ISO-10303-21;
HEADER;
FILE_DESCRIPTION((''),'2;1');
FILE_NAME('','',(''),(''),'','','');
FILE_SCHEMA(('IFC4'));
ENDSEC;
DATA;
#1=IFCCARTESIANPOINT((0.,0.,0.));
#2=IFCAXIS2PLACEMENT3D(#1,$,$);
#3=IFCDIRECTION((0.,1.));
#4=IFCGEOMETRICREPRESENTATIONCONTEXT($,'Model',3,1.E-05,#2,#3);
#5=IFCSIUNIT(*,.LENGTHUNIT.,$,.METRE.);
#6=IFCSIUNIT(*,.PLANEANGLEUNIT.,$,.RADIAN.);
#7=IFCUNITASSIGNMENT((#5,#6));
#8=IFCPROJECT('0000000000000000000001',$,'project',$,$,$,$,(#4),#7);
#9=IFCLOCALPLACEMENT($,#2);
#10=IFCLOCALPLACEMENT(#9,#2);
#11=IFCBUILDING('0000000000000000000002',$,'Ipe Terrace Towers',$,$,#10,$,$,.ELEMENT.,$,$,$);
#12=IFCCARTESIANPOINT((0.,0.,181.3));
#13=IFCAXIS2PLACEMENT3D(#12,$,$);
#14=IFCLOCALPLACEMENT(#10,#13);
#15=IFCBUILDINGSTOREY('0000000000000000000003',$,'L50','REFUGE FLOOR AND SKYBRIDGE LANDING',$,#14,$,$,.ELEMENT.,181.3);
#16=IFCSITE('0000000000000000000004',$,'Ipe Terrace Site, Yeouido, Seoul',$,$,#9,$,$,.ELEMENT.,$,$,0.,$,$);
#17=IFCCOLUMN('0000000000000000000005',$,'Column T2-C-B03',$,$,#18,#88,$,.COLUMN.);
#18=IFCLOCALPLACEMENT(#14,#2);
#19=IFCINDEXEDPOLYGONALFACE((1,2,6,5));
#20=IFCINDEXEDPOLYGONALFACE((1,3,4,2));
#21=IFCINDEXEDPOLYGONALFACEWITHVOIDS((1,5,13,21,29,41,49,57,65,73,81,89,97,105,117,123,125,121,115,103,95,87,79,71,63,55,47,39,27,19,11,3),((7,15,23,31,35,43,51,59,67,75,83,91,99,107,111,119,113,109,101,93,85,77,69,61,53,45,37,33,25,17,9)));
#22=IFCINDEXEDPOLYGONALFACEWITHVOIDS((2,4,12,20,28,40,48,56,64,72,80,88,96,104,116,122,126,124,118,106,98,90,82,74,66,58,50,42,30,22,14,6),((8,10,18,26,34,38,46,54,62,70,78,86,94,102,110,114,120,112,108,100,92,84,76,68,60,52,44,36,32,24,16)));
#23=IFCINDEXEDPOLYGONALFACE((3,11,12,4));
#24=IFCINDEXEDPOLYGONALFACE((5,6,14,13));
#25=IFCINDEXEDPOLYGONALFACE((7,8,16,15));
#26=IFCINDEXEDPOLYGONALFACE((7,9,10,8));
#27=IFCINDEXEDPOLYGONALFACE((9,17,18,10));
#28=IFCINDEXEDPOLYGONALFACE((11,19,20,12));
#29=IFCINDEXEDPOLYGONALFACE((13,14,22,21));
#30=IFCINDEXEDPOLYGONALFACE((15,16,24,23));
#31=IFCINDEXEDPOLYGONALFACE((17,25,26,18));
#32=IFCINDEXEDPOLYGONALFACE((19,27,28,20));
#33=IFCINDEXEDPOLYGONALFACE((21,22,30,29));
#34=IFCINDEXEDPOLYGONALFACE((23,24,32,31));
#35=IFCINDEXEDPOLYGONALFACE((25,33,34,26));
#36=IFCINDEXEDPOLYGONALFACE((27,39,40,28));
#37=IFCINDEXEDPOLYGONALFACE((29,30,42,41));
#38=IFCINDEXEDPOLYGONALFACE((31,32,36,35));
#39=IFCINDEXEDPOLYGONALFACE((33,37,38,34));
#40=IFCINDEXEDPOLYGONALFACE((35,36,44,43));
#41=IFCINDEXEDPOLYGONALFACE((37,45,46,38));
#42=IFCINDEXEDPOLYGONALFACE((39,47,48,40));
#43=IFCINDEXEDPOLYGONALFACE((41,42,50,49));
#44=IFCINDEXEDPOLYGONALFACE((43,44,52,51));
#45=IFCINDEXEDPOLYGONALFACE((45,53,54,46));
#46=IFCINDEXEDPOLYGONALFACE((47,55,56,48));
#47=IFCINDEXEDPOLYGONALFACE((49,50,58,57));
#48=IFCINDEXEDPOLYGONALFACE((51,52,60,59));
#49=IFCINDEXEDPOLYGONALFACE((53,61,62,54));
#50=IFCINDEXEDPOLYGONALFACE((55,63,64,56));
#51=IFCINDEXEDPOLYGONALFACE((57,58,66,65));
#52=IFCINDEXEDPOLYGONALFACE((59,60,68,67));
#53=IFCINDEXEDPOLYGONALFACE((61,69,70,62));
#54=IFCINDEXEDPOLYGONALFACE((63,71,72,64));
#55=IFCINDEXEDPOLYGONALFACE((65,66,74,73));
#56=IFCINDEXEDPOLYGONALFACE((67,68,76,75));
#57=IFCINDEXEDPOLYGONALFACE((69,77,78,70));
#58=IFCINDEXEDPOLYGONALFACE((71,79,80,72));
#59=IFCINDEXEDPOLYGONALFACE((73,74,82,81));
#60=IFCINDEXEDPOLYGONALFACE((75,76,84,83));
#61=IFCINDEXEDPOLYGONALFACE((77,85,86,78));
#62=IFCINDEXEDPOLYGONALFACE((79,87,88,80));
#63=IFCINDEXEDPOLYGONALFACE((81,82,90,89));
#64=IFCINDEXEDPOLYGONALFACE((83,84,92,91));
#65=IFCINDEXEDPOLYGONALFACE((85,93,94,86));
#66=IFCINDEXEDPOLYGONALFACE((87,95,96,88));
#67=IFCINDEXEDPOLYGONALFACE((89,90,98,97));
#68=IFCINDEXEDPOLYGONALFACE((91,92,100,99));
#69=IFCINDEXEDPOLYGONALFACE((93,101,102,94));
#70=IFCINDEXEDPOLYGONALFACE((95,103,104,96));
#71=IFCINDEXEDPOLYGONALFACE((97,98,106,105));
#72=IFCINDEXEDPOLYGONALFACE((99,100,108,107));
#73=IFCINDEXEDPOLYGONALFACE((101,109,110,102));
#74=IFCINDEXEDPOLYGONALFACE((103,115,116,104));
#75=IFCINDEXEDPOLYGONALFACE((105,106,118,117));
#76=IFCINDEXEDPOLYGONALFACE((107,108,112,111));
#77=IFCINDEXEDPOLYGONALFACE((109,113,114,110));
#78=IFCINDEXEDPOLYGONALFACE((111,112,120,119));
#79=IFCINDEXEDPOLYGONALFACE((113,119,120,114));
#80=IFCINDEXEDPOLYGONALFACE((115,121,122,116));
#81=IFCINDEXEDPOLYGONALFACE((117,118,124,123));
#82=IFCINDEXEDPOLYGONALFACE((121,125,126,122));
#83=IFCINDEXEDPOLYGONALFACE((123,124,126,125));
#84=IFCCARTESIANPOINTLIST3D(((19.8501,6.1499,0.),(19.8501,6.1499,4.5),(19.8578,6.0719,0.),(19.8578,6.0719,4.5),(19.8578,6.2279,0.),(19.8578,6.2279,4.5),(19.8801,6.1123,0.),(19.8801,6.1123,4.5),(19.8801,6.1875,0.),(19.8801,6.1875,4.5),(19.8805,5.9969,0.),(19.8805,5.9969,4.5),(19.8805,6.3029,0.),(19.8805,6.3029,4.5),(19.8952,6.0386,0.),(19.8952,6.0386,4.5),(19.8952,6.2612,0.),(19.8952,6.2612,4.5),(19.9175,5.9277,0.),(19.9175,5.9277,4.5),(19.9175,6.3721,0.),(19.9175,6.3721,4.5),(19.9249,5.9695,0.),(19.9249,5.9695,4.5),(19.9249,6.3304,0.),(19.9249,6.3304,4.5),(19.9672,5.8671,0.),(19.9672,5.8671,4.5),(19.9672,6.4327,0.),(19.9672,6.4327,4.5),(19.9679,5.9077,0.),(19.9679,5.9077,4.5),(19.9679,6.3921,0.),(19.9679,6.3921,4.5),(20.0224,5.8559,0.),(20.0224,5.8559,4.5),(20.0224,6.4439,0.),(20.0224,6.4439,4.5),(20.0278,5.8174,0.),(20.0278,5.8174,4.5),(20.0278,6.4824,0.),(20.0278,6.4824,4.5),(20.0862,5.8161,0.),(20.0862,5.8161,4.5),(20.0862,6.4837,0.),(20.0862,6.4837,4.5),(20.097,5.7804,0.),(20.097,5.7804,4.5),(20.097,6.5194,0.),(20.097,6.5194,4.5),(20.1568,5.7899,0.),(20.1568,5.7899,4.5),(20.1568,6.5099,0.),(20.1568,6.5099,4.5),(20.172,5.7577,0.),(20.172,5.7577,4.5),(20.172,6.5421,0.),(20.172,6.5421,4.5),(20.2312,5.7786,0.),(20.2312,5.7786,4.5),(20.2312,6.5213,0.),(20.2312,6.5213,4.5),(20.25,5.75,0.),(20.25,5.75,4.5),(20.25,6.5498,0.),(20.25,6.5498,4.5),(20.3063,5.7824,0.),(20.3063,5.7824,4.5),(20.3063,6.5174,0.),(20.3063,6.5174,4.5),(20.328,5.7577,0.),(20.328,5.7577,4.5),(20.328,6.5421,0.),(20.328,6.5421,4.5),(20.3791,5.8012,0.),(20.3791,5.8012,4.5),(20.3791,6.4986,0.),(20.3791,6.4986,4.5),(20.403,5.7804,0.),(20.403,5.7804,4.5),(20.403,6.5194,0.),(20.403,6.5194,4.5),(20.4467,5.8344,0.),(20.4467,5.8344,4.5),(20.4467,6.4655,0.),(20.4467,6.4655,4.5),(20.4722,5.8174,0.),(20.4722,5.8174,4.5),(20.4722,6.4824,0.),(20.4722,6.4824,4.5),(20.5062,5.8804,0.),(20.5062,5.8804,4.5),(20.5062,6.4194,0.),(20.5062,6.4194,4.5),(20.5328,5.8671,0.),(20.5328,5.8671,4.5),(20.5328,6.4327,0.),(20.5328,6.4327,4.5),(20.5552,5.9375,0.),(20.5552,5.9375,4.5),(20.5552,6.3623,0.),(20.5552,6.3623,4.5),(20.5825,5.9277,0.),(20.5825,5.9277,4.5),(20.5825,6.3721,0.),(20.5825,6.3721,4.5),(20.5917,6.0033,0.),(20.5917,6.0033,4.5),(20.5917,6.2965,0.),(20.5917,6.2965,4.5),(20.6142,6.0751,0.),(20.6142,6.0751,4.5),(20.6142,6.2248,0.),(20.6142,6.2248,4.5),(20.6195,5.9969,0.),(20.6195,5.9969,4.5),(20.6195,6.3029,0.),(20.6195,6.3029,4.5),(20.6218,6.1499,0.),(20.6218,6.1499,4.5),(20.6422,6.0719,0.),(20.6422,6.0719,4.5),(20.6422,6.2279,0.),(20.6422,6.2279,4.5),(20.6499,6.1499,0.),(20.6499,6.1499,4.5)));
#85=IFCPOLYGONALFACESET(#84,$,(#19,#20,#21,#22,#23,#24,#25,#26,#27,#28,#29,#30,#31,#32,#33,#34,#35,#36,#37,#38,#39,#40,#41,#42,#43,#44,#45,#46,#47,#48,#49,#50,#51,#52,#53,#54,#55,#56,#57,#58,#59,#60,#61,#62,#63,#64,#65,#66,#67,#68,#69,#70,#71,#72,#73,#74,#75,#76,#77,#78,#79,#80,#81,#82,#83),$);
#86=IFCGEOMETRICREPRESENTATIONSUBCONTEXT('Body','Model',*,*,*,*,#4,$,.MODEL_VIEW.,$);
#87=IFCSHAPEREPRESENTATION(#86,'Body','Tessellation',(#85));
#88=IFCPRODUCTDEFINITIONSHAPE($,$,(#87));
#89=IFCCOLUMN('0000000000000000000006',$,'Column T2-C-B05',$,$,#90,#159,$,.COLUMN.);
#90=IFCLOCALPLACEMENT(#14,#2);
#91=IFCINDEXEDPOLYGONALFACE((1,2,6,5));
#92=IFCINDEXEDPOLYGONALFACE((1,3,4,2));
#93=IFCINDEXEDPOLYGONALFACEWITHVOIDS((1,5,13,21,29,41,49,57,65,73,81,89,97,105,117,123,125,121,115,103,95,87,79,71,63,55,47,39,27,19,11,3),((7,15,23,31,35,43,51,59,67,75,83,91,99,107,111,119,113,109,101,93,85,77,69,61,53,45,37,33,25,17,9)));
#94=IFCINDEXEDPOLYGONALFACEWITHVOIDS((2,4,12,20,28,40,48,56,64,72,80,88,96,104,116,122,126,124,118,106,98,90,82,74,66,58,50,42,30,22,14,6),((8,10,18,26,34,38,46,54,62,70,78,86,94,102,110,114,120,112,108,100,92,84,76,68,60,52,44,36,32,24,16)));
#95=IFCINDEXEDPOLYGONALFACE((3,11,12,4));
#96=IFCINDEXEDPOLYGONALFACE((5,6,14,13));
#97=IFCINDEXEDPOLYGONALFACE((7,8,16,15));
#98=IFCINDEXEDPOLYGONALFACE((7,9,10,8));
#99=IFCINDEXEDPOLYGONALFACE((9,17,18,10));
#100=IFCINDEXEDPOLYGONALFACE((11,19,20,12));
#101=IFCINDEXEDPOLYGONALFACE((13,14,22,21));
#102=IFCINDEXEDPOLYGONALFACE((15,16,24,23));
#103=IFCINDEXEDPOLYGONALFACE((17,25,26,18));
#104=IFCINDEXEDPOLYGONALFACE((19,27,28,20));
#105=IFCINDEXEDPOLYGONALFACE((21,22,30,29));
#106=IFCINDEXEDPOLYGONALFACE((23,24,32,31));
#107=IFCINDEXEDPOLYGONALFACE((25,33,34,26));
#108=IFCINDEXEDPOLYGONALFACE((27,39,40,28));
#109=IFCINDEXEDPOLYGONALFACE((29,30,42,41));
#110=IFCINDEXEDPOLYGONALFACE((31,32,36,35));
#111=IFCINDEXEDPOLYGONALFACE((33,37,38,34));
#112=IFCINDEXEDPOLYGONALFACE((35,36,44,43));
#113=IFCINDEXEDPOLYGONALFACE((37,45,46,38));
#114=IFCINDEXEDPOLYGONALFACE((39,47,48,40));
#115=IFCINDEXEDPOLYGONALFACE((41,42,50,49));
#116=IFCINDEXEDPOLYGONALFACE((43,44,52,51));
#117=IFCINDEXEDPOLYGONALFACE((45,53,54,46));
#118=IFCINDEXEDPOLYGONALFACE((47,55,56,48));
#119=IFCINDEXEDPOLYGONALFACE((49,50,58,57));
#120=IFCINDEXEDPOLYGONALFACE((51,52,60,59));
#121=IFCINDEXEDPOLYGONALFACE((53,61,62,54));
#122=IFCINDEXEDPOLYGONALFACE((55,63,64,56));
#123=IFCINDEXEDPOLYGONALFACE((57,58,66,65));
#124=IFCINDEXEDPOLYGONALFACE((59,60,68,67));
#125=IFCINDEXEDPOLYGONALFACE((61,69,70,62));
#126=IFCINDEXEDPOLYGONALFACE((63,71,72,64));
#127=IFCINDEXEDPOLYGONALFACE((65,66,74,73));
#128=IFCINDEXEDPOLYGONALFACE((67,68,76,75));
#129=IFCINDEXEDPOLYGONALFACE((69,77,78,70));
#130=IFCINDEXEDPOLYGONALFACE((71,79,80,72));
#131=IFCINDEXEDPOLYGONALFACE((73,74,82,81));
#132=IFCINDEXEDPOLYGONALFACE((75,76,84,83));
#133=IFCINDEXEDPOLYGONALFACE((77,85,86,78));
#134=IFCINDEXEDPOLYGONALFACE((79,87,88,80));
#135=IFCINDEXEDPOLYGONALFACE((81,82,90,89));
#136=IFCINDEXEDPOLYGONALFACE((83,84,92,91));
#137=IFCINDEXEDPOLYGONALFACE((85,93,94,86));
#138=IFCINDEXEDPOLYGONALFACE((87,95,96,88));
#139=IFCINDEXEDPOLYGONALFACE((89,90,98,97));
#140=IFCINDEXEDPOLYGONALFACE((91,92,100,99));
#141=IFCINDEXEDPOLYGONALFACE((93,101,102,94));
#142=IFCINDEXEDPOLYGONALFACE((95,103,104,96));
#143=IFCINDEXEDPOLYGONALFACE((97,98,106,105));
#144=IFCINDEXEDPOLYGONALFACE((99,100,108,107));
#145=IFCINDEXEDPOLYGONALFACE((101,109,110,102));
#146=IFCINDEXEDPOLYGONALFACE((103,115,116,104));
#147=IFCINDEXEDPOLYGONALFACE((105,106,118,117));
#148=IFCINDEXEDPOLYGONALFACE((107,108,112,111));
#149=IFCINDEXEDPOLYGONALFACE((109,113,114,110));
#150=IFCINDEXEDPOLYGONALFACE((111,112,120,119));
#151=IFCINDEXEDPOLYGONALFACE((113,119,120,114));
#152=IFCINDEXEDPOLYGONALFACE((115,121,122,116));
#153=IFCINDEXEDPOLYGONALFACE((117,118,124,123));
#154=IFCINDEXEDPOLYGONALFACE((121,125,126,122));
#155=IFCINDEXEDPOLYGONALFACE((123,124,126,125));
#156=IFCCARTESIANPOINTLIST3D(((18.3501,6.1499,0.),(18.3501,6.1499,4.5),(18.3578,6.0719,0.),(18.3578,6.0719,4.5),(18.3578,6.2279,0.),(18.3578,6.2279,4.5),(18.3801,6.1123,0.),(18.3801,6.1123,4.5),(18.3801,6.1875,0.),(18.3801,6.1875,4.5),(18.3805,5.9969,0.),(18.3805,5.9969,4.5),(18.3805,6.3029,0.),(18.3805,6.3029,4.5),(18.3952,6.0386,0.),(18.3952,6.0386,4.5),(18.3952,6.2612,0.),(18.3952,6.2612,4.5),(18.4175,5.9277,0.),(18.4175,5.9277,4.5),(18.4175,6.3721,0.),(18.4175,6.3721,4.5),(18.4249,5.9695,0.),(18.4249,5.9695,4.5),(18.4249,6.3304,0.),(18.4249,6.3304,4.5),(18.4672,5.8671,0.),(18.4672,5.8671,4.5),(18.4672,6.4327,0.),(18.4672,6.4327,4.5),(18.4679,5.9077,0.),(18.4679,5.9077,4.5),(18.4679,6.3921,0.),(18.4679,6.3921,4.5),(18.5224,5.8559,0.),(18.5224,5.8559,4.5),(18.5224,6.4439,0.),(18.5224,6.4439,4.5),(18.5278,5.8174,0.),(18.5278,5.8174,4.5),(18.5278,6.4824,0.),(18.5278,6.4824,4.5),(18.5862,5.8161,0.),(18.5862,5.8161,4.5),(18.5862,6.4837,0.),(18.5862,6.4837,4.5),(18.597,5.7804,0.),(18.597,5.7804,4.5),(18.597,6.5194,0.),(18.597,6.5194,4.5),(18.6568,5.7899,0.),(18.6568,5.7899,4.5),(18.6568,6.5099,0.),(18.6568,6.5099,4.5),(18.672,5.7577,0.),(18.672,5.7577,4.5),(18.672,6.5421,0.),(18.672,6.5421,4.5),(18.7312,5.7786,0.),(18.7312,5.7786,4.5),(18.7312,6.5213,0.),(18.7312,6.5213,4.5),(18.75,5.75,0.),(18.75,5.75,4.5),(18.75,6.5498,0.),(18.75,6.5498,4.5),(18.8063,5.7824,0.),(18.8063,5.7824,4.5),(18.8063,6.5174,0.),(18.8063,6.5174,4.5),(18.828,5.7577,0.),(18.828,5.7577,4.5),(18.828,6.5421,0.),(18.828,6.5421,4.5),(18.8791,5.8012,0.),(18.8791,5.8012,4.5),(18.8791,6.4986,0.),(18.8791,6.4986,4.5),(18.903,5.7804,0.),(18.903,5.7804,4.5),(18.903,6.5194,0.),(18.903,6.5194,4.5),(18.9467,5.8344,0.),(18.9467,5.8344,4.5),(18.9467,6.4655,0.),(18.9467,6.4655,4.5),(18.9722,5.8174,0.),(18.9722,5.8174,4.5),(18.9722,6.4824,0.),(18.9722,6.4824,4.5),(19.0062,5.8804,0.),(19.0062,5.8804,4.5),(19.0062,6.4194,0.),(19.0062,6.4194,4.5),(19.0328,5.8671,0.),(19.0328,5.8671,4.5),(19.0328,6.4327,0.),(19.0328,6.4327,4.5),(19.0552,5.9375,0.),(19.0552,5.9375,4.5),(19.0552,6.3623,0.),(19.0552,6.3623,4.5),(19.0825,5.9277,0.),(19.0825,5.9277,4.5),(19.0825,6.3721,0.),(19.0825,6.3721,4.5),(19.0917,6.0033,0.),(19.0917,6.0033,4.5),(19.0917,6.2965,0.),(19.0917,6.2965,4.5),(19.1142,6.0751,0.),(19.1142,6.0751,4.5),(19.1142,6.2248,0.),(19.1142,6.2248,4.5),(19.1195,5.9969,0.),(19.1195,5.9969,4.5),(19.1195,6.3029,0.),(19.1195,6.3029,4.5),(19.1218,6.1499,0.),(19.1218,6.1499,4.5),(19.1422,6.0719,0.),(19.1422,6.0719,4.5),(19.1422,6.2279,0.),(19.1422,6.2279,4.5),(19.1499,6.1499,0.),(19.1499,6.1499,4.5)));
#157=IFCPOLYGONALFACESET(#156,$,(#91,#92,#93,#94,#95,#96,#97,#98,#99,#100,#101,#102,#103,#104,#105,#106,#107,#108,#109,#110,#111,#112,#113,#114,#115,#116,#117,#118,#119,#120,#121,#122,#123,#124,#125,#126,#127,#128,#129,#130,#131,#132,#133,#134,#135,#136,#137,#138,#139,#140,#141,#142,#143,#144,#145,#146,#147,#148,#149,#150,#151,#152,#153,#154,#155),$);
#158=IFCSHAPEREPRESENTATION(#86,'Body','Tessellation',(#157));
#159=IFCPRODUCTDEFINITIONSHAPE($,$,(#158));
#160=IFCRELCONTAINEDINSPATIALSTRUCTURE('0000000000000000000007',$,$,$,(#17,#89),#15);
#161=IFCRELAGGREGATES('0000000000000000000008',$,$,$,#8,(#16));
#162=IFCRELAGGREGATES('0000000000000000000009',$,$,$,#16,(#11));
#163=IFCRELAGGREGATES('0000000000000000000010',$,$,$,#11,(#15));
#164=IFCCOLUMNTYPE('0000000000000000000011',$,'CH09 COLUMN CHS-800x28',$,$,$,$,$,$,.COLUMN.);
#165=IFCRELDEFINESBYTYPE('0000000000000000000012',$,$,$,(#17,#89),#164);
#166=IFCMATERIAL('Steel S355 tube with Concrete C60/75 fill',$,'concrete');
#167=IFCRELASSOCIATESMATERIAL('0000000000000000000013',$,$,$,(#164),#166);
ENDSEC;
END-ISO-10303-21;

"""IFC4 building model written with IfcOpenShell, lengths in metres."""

from ifc_helpers import new_model, si_unit, direction, frame, origin, origin_2d, place, context, subcontext, project, spatial, hollow_circle, extrude, material, material_profile, profile_set, type_object, element, save


model = new_model("IFC4")

# Units and contexts
model_context = context("Model", 3, precision=1e-05, world=origin(), true_north=direction((0.0, 1.0)))
body_context = subcontext(model_context, "Body", "Model", "MODEL_VIEW")
ifc_project = project(units=[si_unit("LENGTHUNIT", "METRE"), si_unit("PLANEANGLEUNIT", "RADIAN")], contexts=[model_context])

# Site, building, storey
site_placement = place(None, origin())
site = spatial("IfcSite", under=ifc_project, at=site_placement, Name="Ipe Terrace Site, Yeouido, Seoul", CompositionType="ELEMENT", RefElevation=0.0)
building_placement = place(site_placement, origin())
building = spatial("IfcBuilding", under=site, at=building_placement, Name="Ipe Terrace Towers", CompositionType="ELEMENT")
storey_placement = place(building_placement, frame((0.0, 0.0, 181.3)))
storey = spatial("IfcBuildingStorey", under=building, at=storey_placement, Name="L50", Description="REFUGE FLOOR AND SKYBRIDGE LANDING", CompositionType="ELEMENT", Elevation=181.3)

# Columns
ifc_material_1 = material(Name="Steel S355 tube with Concrete C60/75 fill", Category="concrete")
ifc_material_profile_1 = material_profile(ifc_material_1, hollow_circle(Radius=0.3999, WallThickness=0.0281, at=origin_2d()), Name="CHS-800x28")
ifc_profile_set_1 = profile_set([ifc_material_profile_1], Name="Steel S355 tube with Concrete C60/75 fill")
column_type = type_object("IfcColumnType", Name="CH09 COLUMN CHS-800x28", PredefinedType="COLUMN", material=ifc_profile_set_1)
for number, where, z_axis, x_axis, name in (
    (1, (20.25, 6.1499, 0.0), (0.0, 0.0, 1.0), (1.0, 0.0, 0.0), "Column T2-C-B03"),
    (2, (18.75, 6.1499, 0.0), (0.0, 0.0, 1.0), (1.0, 0.0, 0.0), "Column T2-C-B05"),
):
    element("IfcColumn", number, at=place(storey_placement, frame(where, z_axis=z_axis, x_axis=x_axis)), inside=storey, type_object=column_type, Name=name, PredefinedType="COLUMN", context=body_context, shape_type="SweptSolid", body=[
        extrude(hollow_circle(Radius=0.3999, WallThickness=0.0281, at=origin_2d()), origin(), (0.0, 0.0, 1.0), 4.5),
    ])

save(model, "model.ifc")
